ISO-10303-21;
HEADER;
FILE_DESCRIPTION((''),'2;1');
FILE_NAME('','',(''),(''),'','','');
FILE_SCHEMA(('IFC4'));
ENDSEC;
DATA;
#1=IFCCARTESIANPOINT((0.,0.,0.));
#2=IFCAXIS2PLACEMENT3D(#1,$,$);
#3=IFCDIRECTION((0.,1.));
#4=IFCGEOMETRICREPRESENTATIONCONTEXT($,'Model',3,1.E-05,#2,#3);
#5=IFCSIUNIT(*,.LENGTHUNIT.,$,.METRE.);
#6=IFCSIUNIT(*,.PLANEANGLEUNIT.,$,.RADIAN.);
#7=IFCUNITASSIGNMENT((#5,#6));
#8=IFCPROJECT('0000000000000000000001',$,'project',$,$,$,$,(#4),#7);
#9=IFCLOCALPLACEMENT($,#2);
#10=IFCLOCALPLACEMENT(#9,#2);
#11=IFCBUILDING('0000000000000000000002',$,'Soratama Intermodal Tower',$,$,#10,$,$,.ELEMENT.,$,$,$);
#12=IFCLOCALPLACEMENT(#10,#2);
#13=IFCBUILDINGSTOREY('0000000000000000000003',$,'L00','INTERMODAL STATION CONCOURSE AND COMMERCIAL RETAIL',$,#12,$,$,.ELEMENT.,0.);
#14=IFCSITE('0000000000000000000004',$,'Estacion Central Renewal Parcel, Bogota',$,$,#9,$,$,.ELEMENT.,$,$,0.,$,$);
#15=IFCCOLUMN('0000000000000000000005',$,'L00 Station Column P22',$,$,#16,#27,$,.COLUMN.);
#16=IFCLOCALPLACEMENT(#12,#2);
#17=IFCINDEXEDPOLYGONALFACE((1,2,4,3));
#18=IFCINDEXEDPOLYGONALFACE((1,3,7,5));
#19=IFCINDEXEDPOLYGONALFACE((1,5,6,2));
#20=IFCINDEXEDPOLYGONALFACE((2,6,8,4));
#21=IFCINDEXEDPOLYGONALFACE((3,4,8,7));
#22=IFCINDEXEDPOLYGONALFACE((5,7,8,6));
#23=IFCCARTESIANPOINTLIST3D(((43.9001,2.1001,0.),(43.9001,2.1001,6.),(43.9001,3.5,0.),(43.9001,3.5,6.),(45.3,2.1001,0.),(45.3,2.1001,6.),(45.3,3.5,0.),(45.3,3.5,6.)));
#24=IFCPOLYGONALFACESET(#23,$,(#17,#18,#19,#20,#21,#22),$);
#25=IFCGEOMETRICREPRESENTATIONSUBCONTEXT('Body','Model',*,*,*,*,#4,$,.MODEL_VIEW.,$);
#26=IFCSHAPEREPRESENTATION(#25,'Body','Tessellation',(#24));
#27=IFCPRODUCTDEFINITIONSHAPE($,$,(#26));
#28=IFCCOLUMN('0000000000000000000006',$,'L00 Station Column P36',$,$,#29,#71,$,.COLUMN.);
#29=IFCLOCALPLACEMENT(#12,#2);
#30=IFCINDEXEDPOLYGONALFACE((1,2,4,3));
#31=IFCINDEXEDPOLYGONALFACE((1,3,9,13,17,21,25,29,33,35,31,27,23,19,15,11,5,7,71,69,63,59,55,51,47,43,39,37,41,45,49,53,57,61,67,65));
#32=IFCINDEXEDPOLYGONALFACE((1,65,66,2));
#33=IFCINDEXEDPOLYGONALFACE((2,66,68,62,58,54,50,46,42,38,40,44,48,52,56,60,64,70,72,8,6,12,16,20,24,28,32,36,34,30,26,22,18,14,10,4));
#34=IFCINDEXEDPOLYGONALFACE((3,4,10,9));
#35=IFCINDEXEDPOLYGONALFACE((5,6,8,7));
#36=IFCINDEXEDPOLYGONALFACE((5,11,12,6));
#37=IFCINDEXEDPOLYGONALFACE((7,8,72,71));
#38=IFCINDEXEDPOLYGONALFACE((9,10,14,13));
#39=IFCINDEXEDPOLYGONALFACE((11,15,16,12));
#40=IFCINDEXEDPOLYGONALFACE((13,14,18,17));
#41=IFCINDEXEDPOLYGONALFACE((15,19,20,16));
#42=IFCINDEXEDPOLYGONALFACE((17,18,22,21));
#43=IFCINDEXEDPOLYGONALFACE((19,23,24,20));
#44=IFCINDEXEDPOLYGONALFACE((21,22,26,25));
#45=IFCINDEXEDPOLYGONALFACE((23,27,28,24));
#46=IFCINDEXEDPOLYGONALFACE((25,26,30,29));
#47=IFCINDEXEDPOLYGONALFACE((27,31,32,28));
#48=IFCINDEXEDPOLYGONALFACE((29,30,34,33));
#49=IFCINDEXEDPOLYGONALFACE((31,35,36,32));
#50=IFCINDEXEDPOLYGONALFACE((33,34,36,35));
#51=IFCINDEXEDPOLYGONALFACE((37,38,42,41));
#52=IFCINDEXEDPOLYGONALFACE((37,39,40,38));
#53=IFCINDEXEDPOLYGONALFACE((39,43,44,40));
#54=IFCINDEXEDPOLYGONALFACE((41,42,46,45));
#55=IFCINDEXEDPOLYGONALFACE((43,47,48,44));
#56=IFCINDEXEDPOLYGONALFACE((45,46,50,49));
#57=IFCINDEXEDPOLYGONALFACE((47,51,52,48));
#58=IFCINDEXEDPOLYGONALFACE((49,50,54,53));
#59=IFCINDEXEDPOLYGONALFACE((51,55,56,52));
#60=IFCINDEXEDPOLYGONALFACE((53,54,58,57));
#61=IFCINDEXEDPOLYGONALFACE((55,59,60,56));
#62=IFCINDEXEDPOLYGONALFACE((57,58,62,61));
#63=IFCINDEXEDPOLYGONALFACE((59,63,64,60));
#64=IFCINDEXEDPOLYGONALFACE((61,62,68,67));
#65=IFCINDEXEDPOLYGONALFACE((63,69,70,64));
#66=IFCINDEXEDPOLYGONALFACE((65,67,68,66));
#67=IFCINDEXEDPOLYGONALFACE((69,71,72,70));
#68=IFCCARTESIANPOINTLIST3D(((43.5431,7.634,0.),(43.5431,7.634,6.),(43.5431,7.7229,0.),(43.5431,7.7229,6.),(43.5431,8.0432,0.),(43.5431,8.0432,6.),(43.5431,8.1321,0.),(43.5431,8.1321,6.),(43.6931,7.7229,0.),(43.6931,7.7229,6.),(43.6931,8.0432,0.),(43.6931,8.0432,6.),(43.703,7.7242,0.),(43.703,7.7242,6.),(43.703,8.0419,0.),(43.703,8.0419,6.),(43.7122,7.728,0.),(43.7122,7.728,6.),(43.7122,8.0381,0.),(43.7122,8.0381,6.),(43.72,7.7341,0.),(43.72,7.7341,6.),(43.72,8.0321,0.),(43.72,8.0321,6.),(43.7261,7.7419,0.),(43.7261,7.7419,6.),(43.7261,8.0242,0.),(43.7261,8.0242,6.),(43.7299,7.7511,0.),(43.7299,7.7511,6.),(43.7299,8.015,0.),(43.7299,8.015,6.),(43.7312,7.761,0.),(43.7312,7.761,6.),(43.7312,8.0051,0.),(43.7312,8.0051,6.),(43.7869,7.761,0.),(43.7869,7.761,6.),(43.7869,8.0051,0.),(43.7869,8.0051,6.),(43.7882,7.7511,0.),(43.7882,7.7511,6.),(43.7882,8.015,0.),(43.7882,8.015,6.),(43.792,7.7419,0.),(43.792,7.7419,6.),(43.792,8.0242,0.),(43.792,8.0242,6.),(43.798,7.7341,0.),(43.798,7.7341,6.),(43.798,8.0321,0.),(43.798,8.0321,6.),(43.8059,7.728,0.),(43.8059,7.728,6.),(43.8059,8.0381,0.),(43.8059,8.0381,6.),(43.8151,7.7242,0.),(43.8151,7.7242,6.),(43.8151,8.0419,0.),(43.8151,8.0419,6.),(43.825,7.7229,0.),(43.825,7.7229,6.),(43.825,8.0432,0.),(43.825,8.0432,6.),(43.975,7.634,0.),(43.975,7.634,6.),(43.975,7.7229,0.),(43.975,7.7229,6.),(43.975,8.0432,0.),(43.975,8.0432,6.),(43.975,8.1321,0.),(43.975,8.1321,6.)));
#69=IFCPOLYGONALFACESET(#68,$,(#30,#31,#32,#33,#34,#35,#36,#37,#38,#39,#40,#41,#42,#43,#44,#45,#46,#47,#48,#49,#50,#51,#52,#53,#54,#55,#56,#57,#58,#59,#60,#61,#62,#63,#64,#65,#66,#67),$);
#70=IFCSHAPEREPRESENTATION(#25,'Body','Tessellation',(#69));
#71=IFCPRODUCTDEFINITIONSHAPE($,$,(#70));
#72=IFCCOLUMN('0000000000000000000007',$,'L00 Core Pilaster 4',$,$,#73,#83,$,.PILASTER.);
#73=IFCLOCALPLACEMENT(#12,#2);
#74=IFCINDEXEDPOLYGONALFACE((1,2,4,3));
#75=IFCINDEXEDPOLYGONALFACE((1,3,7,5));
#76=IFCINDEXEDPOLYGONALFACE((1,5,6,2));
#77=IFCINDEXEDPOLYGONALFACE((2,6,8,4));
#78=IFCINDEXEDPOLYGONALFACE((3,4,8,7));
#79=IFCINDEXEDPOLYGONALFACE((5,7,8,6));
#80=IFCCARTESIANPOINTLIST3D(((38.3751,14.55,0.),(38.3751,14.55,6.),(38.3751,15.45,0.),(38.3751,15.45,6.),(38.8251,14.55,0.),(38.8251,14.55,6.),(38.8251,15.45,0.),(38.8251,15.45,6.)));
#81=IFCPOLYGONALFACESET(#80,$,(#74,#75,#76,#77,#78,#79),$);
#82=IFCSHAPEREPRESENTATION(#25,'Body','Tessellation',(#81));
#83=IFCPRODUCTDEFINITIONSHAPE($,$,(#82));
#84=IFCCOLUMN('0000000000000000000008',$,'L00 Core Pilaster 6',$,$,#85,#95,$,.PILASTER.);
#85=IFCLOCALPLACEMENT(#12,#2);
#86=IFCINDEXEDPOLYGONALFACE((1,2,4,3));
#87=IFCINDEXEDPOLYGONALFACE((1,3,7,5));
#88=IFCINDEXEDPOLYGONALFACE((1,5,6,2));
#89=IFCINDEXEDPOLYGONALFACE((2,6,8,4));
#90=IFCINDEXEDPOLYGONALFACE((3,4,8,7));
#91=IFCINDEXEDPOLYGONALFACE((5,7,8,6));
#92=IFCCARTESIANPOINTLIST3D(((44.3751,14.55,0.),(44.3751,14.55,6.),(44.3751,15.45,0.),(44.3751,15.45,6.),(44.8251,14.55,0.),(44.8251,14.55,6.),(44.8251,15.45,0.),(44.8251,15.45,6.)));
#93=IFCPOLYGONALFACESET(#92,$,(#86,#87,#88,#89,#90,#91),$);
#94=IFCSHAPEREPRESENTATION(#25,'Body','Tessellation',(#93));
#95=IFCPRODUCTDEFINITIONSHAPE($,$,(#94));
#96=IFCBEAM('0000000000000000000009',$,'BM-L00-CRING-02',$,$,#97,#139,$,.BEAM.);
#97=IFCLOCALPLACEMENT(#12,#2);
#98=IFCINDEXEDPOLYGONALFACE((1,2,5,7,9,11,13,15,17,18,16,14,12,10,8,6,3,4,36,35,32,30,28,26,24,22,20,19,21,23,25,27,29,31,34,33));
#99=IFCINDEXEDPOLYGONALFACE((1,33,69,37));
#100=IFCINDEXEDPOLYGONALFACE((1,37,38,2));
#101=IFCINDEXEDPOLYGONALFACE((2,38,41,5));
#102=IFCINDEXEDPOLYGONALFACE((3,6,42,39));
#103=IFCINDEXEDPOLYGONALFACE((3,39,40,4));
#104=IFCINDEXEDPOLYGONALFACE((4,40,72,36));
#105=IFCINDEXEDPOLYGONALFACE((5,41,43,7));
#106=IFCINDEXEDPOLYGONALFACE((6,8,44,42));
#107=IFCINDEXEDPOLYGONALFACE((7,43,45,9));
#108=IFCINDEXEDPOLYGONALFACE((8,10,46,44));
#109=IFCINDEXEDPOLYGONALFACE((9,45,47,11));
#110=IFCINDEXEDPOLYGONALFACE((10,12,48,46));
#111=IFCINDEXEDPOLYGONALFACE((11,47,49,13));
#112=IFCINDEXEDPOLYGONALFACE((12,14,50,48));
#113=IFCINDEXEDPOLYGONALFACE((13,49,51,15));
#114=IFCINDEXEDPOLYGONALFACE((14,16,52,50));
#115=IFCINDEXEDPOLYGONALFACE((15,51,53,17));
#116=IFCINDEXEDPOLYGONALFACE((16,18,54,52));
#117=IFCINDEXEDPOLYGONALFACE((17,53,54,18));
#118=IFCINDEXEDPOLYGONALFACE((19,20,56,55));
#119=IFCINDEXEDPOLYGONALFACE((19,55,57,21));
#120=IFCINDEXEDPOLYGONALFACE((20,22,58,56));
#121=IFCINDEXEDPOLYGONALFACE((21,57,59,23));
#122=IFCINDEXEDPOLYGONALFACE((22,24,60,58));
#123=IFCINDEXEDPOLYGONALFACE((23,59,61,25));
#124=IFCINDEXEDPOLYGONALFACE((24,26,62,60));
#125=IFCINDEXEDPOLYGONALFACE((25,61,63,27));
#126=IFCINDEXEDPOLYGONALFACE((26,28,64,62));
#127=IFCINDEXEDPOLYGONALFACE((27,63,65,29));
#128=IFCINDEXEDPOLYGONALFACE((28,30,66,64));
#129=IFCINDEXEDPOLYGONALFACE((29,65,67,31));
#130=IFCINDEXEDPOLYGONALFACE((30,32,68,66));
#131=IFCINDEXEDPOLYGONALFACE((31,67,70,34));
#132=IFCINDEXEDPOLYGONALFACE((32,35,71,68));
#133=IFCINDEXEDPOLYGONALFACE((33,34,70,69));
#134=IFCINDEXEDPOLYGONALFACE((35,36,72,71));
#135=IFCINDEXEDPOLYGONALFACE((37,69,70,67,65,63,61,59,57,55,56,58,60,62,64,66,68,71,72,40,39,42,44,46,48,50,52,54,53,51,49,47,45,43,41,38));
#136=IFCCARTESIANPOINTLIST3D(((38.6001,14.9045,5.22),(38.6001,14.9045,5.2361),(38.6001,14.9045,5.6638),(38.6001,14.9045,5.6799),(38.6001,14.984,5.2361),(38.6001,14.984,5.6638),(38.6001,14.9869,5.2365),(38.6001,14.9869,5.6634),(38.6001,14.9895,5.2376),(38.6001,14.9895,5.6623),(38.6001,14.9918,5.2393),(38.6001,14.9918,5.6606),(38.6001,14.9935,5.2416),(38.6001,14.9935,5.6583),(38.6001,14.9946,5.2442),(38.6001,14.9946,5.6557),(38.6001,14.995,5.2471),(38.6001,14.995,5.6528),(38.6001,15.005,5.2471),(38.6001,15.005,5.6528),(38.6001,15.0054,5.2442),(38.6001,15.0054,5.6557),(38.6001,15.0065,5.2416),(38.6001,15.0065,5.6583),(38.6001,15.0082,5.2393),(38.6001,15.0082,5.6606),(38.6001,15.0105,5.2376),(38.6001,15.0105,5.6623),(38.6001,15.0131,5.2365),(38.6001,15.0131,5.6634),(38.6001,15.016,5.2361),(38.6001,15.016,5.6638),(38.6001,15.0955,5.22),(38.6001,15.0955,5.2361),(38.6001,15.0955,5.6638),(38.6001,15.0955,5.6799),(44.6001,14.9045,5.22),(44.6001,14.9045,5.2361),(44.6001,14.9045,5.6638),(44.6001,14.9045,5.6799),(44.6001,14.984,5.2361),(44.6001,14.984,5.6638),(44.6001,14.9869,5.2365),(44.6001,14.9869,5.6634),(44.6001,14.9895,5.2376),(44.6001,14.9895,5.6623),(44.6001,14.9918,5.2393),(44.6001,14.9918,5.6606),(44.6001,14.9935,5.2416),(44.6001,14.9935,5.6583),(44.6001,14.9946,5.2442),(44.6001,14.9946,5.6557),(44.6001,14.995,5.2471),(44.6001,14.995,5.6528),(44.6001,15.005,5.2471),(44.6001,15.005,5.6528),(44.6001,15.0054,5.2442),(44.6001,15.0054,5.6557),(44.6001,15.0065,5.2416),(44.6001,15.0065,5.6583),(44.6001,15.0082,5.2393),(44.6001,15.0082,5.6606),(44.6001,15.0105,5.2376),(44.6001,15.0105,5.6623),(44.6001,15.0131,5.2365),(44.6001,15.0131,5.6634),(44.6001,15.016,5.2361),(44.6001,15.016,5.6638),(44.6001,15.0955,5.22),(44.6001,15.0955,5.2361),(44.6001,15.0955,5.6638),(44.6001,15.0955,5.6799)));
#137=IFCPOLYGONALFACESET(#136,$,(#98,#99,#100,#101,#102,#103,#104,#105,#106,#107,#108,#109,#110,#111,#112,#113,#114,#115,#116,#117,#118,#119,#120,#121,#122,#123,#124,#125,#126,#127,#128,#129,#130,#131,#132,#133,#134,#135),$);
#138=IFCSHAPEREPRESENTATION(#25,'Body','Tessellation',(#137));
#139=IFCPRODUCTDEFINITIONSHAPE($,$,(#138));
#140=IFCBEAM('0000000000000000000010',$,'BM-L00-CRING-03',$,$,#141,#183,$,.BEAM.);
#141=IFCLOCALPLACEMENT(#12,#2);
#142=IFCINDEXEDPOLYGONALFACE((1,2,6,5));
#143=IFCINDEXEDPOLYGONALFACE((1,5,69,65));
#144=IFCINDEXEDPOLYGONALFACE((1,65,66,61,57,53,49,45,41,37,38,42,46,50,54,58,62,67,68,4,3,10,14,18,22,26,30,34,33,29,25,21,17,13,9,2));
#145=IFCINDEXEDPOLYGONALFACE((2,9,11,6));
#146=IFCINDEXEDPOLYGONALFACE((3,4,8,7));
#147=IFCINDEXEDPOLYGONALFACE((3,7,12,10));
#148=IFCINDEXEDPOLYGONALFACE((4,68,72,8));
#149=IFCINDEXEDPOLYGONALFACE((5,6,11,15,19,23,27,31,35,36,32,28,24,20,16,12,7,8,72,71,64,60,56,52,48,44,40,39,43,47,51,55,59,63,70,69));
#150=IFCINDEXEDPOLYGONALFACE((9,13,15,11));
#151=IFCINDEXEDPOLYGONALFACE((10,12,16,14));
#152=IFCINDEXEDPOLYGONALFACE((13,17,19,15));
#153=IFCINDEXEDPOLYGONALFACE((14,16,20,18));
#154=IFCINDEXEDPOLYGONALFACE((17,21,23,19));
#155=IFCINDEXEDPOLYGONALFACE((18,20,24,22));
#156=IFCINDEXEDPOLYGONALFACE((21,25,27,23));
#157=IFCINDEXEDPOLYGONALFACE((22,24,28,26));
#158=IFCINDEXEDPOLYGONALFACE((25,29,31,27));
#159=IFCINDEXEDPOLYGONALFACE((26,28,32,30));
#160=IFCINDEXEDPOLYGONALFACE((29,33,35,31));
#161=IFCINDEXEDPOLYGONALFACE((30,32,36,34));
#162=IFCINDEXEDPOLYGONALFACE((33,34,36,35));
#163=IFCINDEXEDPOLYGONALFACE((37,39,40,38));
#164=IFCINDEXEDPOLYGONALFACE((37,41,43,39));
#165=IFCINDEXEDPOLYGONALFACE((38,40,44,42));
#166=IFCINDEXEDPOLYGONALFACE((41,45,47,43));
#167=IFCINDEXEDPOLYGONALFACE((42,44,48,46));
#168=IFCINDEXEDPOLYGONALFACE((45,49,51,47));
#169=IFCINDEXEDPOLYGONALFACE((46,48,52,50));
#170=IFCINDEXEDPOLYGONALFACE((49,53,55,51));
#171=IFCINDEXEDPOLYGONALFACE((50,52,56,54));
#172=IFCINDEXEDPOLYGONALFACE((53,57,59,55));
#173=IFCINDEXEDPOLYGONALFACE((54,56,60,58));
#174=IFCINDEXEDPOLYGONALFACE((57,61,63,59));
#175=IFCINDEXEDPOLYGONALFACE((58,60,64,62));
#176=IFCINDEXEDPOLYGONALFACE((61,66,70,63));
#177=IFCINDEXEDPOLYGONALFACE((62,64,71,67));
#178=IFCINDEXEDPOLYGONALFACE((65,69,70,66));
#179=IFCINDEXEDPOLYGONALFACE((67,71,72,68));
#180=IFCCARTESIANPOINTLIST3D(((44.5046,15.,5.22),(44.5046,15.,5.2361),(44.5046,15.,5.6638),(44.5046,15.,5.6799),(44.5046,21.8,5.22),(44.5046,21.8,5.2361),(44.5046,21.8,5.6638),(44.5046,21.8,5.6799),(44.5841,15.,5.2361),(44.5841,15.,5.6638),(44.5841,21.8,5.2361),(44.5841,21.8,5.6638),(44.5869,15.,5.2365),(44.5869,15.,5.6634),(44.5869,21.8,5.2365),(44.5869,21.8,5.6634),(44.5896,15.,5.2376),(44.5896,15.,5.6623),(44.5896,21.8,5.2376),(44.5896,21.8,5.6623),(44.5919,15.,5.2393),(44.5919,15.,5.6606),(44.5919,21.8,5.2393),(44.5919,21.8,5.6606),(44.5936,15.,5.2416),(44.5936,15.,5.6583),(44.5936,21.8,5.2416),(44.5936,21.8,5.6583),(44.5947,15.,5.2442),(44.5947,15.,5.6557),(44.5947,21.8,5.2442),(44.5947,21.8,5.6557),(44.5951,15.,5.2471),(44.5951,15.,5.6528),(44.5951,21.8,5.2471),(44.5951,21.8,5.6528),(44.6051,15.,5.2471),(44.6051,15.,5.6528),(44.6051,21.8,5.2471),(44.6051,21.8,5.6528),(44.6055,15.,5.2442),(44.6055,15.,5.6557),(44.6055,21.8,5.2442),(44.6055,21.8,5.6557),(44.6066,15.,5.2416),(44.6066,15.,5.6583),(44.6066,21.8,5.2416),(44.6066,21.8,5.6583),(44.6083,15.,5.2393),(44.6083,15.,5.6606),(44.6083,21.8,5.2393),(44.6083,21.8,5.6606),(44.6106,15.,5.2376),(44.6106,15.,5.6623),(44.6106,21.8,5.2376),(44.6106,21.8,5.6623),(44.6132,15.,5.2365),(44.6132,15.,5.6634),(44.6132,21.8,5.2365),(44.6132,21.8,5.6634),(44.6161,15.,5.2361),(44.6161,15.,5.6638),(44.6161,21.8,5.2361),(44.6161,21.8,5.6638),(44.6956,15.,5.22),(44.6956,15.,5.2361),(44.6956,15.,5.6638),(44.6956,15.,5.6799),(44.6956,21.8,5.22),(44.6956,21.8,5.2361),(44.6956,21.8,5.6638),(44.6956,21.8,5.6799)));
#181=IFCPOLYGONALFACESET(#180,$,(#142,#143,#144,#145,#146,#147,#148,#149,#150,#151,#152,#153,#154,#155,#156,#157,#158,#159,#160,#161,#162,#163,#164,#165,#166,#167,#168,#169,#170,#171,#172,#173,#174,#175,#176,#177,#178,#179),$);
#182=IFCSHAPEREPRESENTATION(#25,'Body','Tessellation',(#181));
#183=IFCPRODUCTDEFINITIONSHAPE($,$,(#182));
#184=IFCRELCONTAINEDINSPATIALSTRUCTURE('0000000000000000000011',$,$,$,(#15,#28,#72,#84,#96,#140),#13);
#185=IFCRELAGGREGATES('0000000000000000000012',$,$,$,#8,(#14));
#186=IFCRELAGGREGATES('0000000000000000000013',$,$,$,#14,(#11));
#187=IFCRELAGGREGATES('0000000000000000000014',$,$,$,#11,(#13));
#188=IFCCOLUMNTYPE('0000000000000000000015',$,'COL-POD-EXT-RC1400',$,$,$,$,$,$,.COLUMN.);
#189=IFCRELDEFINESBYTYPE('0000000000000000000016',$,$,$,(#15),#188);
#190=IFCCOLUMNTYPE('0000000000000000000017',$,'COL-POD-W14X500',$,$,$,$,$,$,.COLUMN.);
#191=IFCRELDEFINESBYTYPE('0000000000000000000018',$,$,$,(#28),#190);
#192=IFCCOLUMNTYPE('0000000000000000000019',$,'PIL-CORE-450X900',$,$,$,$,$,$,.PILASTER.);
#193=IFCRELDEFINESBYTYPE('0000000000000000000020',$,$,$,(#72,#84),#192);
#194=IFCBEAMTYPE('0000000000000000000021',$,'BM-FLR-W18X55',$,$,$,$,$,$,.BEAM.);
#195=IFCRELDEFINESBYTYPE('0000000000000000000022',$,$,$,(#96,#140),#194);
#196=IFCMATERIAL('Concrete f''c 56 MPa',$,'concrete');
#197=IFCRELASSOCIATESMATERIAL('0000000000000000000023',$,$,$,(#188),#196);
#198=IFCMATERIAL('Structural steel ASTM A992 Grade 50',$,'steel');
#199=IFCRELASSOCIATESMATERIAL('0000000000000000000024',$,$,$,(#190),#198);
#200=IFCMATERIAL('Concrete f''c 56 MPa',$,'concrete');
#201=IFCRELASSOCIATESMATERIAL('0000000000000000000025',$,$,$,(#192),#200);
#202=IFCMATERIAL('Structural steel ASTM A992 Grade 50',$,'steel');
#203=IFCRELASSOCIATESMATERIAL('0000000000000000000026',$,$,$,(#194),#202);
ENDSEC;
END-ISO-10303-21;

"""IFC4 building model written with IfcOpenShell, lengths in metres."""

from ifc_helpers import new_model, si_unit, direction, frame, origin, origin_2d, place, context, subcontext, project, spatial, rectangle, i_section, extrude, material, material_profile, profile_set, type_object, element, save


model = new_model("IFC4")

# Units and contexts
model_context = context("Model", 3, precision=1e-05, world=origin(), true_north=direction((0.0, 1.0)))
body_context = subcontext(model_context, "Body", "Model", "MODEL_VIEW")
ifc_project = project(units=[si_unit("LENGTHUNIT", "METRE"), si_unit("PLANEANGLEUNIT", "RADIAN")], contexts=[model_context])

# Site, building, storey
site_placement = place(None, origin())
site = spatial("IfcSite", under=ifc_project, at=site_placement, Name="Estacion Central Renewal Parcel, Bogota", CompositionType="ELEMENT", RefElevation=0.0)
building_placement = place(site_placement, origin())
building = spatial("IfcBuilding", under=site, at=building_placement, Name="Soratama Intermodal Tower", CompositionType="ELEMENT")
storey_placement = place(building_placement, origin())
storey = spatial("IfcBuildingStorey", under=building, at=storey_placement, Name="L00", Description="INTERMODAL STATION CONCOURSE AND COMMERCIAL RETAIL", CompositionType="ELEMENT", Elevation=0.0)

# Columns
ifc_material_1 = material(Name="Concrete f'c 56 MPa", Category="concrete")
ifc_material_profile_1 = material_profile(ifc_material_1, rectangle(XDim=1.3999, YDim=1.3999, at=origin_2d()), Name="RC1400X1400")
ifc_profile_set_1 = profile_set([ifc_material_profile_1], Name="Concrete f'c 56 MPa")
column_type_1 = type_object("IfcColumnType", Name="COL-POD-EXT-RC1400", PredefinedType="COLUMN", material=ifc_profile_set_1)
column_1_placement = place(storey_placement, frame((44.6001, 2.8, 0.0), z_axis=(0.0, 0.0, 1.0), x_axis=(1.0, 0.0, 0.0)))
element("IfcColumn", 1, at=column_1_placement, inside=storey, type_object=column_type_1, Name="L00 Station Column P22", PredefinedType="COLUMN", context=body_context, shape_type="SweptSolid", body=[
    extrude(rectangle(XDim=1.3999, YDim=1.3999, at=origin_2d()), origin(), (0.0, 0.0, 1.0), 6.0),
])
ifc_material_2 = material(Name="Structural steel ASTM A992 Grade 50", Category="steel")
ifc_material_profile_2 = material_profile(ifc_material_2, i_section(OverallWidth=0.4319, OverallDepth=0.498, WebThickness=0.0557, FlangeThickness=0.0889, FilletRadius=0.0381, at=origin_2d()), Name="W14X500")
ifc_profile_set_2 = profile_set([ifc_material_profile_2], Name="Structural steel ASTM A992 Grade 50")
column_type_2 = type_object("IfcColumnType", Name="COL-POD-W14X500", PredefinedType="COLUMN", material=ifc_profile_set_2)
column_2_placement = place(storey_placement, frame((43.759, 7.8831, 0.0), z_axis=(0.0, 0.0, 1.0), x_axis=(1.0, 0.0, 0.0)))
element("IfcColumn", 2, at=column_2_placement, inside=storey, type_object=column_type_2, Name="L00 Station Column P36", PredefinedType="COLUMN", context=body_context, shape_type="SweptSolid", body=[
    extrude(i_section(OverallWidth=0.4319, OverallDepth=0.498, WebThickness=0.0557, FlangeThickness=0.0889, FilletRadius=0.0381, at=origin_2d()), origin(), (0.0, 0.0, 1.0), 6.0),
])
ifc_material_3 = material(Name="Concrete f'c 56 MPa", Category="concrete")
ifc_material_profile_3 = material_profile(ifc_material_3, rectangle(XDim=0.45, YDim=0.8999, at=origin_2d()), Name="RC450X900")
ifc_profile_set_3 = profile_set([ifc_material_profile_3], Name="Concrete f'c 56 MPa")
column_type_3 = type_object("IfcColumnType", Name="PIL-CORE-450X900", PredefinedType="PILASTER", material=ifc_profile_set_3)
for number, where, z_axis, x_axis, name in (
    (3, (38.6001, 15.0, 0.0), (0.0, 0.0, 1.0), (1.0, 0.0, 0.0), "L00 Core Pilaster 4"),
    (4, (44.6001, 15.0, 0.0), (0.0, 0.0, 1.0), (1.0, 0.0, 0.0), "L00 Core Pilaster 6"),
):
    element("IfcColumn", number, at=place(storey_placement, frame(where, z_axis=z_axis, x_axis=x_axis)), inside=storey, type_object=column_type_3, Name=name, PredefinedType="PILASTER", context=body_context, shape_type="SweptSolid", body=[
        extrude(rectangle(XDim=0.45, YDim=0.8999, at=origin_2d()), origin(), (0.0, 0.0, 1.0), 6.0),
    ])

# Beams
ifc_material_4 = material(Name="Structural steel ASTM A992 Grade 50", Category="steel")
ifc_material_profile_4 = material_profile(ifc_material_4, i_section(OverallWidth=0.1909, OverallDepth=0.46, WebThickness=0.01, FlangeThickness=0.0161, FilletRadius=0.011, at=origin_2d()), Name="W18X55")
ifc_profile_set_4 = profile_set([ifc_material_profile_4], Name="Structural steel ASTM A992 Grade 50")
beam_type_1 = type_object("IfcBeamType", Name="BM-FLR-W18X55", PredefinedType="BEAM", material=ifc_profile_set_4)
beam_1_placement = place(storey_placement, frame((38.6001, 15.0, 5.45), z_axis=(1.0, 0.0, 0.0), x_axis=(0.0, 1.0, 0.0)))
element("IfcBeam", 5, at=beam_1_placement, inside=storey, type_object=beam_type_1, Name="BM-L00-CRING-02", PredefinedType="BEAM", context=body_context, shape_type="SweptSolid", body=[
    extrude(i_section(OverallWidth=0.1909, OverallDepth=0.46, WebThickness=0.01, FlangeThickness=0.0161, FilletRadius=0.011, at=origin_2d()), origin(), (0.0, 0.0, 1.0), 6.0),
])
beam_2_placement = place(storey_placement, frame((44.6001, 15.0, 5.45), z_axis=(0.0, 1.0, 0.0), x_axis=(-1.0, 0.0, 0.0)))
element("IfcBeam", 6, at=beam_2_placement, inside=storey, type_object=beam_type_1, Name="BM-L00-CRING-03", PredefinedType="BEAM", context=body_context, shape_type="SweptSolid", body=[
    extrude(i_section(OverallWidth=0.1909, OverallDepth=0.46, WebThickness=0.01, FlangeThickness=0.0161, FilletRadius=0.011, at=origin_2d()), origin(), (0.0, 0.0, 1.0), 6.8),
])

save(model, "model.ifc")
